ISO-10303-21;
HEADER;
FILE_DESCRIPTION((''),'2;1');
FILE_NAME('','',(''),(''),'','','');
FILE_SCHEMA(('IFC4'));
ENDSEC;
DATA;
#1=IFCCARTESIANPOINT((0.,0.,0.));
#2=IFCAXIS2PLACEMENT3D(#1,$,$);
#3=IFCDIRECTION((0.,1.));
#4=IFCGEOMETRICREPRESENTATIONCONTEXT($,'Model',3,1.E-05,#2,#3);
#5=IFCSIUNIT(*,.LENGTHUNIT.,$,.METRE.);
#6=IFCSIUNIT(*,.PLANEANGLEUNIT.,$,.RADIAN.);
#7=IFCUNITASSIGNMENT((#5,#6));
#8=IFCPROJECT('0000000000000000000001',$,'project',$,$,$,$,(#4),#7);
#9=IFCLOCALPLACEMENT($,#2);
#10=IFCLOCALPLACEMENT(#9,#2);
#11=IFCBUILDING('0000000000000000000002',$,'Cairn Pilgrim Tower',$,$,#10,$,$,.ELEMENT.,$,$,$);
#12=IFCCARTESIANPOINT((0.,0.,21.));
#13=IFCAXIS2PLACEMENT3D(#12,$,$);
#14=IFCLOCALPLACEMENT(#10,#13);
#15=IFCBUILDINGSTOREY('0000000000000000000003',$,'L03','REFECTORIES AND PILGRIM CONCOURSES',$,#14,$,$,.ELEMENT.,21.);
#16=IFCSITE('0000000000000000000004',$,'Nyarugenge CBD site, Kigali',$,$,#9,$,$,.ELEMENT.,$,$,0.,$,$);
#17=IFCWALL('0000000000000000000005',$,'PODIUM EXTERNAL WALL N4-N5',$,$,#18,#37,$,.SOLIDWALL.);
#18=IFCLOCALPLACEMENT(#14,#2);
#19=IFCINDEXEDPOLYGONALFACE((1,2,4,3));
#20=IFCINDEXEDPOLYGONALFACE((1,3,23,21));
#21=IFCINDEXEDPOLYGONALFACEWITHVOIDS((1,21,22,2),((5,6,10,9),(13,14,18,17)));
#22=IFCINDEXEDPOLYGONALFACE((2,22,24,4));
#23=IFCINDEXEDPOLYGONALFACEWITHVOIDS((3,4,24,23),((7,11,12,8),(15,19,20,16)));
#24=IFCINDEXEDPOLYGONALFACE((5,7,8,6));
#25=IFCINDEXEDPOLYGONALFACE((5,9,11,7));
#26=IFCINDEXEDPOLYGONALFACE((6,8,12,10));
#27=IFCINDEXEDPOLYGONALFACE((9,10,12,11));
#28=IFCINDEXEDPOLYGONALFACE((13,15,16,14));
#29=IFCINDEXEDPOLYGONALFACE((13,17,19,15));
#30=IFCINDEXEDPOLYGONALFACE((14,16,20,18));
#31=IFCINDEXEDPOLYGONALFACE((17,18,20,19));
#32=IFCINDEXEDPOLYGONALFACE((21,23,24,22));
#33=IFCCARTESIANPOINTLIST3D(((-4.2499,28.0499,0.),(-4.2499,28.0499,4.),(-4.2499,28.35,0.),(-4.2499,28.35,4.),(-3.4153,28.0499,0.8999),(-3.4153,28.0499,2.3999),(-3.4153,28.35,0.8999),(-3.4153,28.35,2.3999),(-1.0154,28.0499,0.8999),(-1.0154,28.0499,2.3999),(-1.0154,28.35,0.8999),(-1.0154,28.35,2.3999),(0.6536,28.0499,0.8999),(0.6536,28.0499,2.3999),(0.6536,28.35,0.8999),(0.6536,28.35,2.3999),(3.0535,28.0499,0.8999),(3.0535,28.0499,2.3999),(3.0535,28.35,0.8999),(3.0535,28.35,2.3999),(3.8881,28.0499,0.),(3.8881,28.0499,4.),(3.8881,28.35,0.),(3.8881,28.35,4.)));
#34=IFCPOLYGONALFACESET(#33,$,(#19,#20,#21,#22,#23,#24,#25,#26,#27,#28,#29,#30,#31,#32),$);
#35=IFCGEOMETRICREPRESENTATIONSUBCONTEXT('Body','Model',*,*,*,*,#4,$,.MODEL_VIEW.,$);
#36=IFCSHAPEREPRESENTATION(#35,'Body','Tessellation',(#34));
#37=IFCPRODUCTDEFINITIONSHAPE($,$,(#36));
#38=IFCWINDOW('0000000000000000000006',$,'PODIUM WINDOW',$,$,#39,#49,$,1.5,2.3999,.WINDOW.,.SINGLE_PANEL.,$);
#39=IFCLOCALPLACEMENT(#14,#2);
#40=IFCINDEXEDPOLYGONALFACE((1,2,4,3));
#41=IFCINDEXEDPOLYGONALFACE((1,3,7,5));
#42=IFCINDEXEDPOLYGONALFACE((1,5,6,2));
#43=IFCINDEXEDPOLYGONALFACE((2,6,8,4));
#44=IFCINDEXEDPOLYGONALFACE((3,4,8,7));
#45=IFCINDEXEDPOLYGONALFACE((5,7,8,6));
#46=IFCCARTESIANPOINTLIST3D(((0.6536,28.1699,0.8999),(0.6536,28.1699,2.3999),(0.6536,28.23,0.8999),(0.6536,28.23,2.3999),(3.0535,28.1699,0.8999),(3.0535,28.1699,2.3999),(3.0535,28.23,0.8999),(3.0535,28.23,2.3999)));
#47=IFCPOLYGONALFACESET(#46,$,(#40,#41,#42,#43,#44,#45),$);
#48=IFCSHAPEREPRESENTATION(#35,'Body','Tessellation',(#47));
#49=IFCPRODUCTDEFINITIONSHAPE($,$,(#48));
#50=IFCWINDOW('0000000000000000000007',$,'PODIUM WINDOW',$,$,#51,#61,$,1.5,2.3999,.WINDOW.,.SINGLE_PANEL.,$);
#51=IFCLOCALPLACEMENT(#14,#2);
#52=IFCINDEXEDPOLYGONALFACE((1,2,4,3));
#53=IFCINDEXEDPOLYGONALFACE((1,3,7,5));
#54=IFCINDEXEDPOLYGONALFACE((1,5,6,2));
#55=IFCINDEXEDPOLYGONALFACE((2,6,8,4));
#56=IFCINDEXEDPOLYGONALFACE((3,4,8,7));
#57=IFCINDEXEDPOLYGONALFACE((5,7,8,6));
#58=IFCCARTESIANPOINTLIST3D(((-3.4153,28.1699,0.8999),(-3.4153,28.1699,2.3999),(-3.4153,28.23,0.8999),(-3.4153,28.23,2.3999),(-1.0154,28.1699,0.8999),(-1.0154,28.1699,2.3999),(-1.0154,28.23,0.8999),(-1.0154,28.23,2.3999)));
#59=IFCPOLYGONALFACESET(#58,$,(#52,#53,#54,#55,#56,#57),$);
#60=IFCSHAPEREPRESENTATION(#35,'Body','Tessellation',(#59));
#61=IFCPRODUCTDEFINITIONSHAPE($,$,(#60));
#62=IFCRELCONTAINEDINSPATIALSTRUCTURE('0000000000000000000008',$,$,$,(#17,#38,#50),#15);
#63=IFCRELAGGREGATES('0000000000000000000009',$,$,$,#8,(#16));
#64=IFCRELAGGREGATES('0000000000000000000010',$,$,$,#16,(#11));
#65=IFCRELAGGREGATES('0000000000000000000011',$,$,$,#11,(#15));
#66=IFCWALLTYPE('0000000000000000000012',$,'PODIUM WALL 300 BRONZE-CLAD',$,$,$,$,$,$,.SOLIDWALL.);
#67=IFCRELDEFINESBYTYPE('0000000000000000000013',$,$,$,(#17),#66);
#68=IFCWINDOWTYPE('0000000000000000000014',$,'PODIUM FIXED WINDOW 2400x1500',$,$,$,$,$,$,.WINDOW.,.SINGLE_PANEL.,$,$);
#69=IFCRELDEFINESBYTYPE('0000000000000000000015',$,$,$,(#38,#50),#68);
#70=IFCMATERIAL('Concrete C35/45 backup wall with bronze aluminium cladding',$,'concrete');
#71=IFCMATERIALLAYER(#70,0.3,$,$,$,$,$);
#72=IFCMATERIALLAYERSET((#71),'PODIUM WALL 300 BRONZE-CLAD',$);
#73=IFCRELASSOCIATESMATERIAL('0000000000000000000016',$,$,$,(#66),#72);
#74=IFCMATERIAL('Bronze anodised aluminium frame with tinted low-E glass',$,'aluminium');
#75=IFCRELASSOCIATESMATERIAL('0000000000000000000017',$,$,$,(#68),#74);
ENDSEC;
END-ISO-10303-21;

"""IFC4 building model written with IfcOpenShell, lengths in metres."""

from ifc_helpers import new_model, si_unit, direction, frame, frame_2d, origin, place, context, subcontext, project, spatial, rectangle, extrude, material, layer, layer_set, type_object, element, fill, save


model = new_model("IFC4")

# Units and contexts
model_context = context("Model", 3, precision=1e-05, world=origin(), true_north=direction((0.0, 1.0)))
body_context = subcontext(model_context, "Body", "Model", "MODEL_VIEW")
ifc_project = project(units=[si_unit("LENGTHUNIT", "METRE"), si_unit("PLANEANGLEUNIT", "RADIAN")], contexts=[model_context])

# Site, building, storey
site_placement = place(None, origin())
site = spatial("IfcSite", under=ifc_project, at=site_placement, Name="Nyarugenge CBD site, Kigali", CompositionType="ELEMENT", RefElevation=0.0)
building_placement = place(site_placement, origin())
building = spatial("IfcBuilding", under=site, at=building_placement, Name="Cairn Pilgrim Tower", CompositionType="ELEMENT")
storey_placement = place(building_placement, frame((0.0, 0.0, 21.0)))
storey = spatial("IfcBuildingStorey", under=building, at=storey_placement, Name="L03", Description="REFECTORIES AND PILGRIM CONCOURSES", CompositionType="ELEMENT", Elevation=21.0)

# Wall, openings, windows
ifc_material_1 = material(Name="Concrete C35/45 backup wall with bronze aluminium cladding", Category="concrete")
ifc_layer_1 = layer(ifc_material_1, 0.3)
ifc_layer_set_1 = layer_set([ifc_layer_1], Name="PODIUM WALL 300 BRONZE-CLAD")
wall_type_1 = type_object("IfcWallType", Name="PODIUM WALL 300 BRONZE-CLAD", PredefinedType="SOLIDWALL", material=ifc_layer_set_1)
wall_1_placement = place(storey_placement, frame((3.8879, 28.2, 0.0), z_axis=(0.0, 0.0, 1.0), x_axis=(-1.0, 0.0, 0.0)))
wall_1 = element("IfcWall", 1, at=wall_1_placement, inside=storey, type_object=wall_type_1, Name="PODIUM EXTERNAL WALL N4-N5", PredefinedType="SOLIDWALL", context=body_context, shape_type="SweptSolid", body=[
    extrude(rectangle(XDim=8.1379, YDim=0.3, at=frame_2d((4.0688, 0.0))), origin(), (0.0, 0.0, 1.0), 4.0),
])
opening_1_placement = place(wall_1_placement, frame((0.8345, 0.0, 0.8999)))
opening_1 = element("IfcOpeningElement", 2, at=opening_1_placement, cuts=wall_1, PredefinedType="OPENING", context=body_context, shape_type="SweptSolid", body=[
    extrude(rectangle(XDim=2.3999, YDim=1.5, at=frame_2d((1.2, 0.75))), frame((0.0, 0.1602, 0.0), z_axis=(0.0, -1.0, 0.0), x_axis=(1.0, 0.0, 0.0)), (0.0, 0.0, 1.0), 0.3201),
])
opening_2_placement = place(wall_1_placement, frame((4.9033, 0.0, 0.8999)))
opening_2 = element("IfcOpeningElement", 3, at=opening_2_placement, cuts=wall_1, PredefinedType="OPENING", context=body_context, shape_type="SweptSolid", body=[
    extrude(rectangle(XDim=2.3999, YDim=1.5, at=frame_2d((1.2, 0.75))), frame((0.0, 0.1602, 0.0), z_axis=(0.0, -1.0, 0.0), x_axis=(1.0, 0.0, 0.0)), (0.0, 0.0, 1.0), 0.3201),
])
ifc_material_2 = material(Name="Bronze anodised aluminium frame with tinted low-E glass", Category="aluminium")
window_type = type_object("IfcWindowType", Name="PODIUM FIXED WINDOW 2400x1500", PartitioningType="SINGLE_PANEL", PredefinedType="WINDOW", material=ifc_material_2)
window_1_placement = place(opening_1_placement, origin())
window_1 = element("IfcWindow", 4, at=window_1_placement, inside=storey, type_object=window_type, Name="PODIUM WINDOW", OverallHeight=1.5, OverallWidth=2.3999, PartitioningType="SINGLE_PANEL", PredefinedType="WINDOW", context=body_context, shape_type="SweptSolid", body=[
    extrude(rectangle(XDim=2.3999, YDim=1.5, at=frame_2d((1.2, 0.75))), frame((0.0, 0.03, 0.0), z_axis=(0.0, -1.0, 0.0), x_axis=(1.0, 0.0, 0.0)), (0.0, 0.0, 1.0), 0.0601),
])
fill(opening_1, window_1)
window_2_placement = place(opening_2_placement, origin())
window_2 = element("IfcWindow", 5, at=window_2_placement, inside=storey, type_object=window_type, Name="PODIUM WINDOW", OverallHeight=1.5, OverallWidth=2.3999, PartitioningType="SINGLE_PANEL", PredefinedType="WINDOW", context=body_context, shape_type="SweptSolid", body=[
    extrude(rectangle(XDim=2.3999, YDim=1.5, at=frame_2d((1.2, 0.75))), frame((0.0, 0.03, 0.0), z_axis=(0.0, -1.0, 0.0), x_axis=(1.0, 0.0, 0.0)), (0.0, 0.0, 1.0), 0.0601),
])
fill(opening_2, window_2)

save(model, "model.ifc")
